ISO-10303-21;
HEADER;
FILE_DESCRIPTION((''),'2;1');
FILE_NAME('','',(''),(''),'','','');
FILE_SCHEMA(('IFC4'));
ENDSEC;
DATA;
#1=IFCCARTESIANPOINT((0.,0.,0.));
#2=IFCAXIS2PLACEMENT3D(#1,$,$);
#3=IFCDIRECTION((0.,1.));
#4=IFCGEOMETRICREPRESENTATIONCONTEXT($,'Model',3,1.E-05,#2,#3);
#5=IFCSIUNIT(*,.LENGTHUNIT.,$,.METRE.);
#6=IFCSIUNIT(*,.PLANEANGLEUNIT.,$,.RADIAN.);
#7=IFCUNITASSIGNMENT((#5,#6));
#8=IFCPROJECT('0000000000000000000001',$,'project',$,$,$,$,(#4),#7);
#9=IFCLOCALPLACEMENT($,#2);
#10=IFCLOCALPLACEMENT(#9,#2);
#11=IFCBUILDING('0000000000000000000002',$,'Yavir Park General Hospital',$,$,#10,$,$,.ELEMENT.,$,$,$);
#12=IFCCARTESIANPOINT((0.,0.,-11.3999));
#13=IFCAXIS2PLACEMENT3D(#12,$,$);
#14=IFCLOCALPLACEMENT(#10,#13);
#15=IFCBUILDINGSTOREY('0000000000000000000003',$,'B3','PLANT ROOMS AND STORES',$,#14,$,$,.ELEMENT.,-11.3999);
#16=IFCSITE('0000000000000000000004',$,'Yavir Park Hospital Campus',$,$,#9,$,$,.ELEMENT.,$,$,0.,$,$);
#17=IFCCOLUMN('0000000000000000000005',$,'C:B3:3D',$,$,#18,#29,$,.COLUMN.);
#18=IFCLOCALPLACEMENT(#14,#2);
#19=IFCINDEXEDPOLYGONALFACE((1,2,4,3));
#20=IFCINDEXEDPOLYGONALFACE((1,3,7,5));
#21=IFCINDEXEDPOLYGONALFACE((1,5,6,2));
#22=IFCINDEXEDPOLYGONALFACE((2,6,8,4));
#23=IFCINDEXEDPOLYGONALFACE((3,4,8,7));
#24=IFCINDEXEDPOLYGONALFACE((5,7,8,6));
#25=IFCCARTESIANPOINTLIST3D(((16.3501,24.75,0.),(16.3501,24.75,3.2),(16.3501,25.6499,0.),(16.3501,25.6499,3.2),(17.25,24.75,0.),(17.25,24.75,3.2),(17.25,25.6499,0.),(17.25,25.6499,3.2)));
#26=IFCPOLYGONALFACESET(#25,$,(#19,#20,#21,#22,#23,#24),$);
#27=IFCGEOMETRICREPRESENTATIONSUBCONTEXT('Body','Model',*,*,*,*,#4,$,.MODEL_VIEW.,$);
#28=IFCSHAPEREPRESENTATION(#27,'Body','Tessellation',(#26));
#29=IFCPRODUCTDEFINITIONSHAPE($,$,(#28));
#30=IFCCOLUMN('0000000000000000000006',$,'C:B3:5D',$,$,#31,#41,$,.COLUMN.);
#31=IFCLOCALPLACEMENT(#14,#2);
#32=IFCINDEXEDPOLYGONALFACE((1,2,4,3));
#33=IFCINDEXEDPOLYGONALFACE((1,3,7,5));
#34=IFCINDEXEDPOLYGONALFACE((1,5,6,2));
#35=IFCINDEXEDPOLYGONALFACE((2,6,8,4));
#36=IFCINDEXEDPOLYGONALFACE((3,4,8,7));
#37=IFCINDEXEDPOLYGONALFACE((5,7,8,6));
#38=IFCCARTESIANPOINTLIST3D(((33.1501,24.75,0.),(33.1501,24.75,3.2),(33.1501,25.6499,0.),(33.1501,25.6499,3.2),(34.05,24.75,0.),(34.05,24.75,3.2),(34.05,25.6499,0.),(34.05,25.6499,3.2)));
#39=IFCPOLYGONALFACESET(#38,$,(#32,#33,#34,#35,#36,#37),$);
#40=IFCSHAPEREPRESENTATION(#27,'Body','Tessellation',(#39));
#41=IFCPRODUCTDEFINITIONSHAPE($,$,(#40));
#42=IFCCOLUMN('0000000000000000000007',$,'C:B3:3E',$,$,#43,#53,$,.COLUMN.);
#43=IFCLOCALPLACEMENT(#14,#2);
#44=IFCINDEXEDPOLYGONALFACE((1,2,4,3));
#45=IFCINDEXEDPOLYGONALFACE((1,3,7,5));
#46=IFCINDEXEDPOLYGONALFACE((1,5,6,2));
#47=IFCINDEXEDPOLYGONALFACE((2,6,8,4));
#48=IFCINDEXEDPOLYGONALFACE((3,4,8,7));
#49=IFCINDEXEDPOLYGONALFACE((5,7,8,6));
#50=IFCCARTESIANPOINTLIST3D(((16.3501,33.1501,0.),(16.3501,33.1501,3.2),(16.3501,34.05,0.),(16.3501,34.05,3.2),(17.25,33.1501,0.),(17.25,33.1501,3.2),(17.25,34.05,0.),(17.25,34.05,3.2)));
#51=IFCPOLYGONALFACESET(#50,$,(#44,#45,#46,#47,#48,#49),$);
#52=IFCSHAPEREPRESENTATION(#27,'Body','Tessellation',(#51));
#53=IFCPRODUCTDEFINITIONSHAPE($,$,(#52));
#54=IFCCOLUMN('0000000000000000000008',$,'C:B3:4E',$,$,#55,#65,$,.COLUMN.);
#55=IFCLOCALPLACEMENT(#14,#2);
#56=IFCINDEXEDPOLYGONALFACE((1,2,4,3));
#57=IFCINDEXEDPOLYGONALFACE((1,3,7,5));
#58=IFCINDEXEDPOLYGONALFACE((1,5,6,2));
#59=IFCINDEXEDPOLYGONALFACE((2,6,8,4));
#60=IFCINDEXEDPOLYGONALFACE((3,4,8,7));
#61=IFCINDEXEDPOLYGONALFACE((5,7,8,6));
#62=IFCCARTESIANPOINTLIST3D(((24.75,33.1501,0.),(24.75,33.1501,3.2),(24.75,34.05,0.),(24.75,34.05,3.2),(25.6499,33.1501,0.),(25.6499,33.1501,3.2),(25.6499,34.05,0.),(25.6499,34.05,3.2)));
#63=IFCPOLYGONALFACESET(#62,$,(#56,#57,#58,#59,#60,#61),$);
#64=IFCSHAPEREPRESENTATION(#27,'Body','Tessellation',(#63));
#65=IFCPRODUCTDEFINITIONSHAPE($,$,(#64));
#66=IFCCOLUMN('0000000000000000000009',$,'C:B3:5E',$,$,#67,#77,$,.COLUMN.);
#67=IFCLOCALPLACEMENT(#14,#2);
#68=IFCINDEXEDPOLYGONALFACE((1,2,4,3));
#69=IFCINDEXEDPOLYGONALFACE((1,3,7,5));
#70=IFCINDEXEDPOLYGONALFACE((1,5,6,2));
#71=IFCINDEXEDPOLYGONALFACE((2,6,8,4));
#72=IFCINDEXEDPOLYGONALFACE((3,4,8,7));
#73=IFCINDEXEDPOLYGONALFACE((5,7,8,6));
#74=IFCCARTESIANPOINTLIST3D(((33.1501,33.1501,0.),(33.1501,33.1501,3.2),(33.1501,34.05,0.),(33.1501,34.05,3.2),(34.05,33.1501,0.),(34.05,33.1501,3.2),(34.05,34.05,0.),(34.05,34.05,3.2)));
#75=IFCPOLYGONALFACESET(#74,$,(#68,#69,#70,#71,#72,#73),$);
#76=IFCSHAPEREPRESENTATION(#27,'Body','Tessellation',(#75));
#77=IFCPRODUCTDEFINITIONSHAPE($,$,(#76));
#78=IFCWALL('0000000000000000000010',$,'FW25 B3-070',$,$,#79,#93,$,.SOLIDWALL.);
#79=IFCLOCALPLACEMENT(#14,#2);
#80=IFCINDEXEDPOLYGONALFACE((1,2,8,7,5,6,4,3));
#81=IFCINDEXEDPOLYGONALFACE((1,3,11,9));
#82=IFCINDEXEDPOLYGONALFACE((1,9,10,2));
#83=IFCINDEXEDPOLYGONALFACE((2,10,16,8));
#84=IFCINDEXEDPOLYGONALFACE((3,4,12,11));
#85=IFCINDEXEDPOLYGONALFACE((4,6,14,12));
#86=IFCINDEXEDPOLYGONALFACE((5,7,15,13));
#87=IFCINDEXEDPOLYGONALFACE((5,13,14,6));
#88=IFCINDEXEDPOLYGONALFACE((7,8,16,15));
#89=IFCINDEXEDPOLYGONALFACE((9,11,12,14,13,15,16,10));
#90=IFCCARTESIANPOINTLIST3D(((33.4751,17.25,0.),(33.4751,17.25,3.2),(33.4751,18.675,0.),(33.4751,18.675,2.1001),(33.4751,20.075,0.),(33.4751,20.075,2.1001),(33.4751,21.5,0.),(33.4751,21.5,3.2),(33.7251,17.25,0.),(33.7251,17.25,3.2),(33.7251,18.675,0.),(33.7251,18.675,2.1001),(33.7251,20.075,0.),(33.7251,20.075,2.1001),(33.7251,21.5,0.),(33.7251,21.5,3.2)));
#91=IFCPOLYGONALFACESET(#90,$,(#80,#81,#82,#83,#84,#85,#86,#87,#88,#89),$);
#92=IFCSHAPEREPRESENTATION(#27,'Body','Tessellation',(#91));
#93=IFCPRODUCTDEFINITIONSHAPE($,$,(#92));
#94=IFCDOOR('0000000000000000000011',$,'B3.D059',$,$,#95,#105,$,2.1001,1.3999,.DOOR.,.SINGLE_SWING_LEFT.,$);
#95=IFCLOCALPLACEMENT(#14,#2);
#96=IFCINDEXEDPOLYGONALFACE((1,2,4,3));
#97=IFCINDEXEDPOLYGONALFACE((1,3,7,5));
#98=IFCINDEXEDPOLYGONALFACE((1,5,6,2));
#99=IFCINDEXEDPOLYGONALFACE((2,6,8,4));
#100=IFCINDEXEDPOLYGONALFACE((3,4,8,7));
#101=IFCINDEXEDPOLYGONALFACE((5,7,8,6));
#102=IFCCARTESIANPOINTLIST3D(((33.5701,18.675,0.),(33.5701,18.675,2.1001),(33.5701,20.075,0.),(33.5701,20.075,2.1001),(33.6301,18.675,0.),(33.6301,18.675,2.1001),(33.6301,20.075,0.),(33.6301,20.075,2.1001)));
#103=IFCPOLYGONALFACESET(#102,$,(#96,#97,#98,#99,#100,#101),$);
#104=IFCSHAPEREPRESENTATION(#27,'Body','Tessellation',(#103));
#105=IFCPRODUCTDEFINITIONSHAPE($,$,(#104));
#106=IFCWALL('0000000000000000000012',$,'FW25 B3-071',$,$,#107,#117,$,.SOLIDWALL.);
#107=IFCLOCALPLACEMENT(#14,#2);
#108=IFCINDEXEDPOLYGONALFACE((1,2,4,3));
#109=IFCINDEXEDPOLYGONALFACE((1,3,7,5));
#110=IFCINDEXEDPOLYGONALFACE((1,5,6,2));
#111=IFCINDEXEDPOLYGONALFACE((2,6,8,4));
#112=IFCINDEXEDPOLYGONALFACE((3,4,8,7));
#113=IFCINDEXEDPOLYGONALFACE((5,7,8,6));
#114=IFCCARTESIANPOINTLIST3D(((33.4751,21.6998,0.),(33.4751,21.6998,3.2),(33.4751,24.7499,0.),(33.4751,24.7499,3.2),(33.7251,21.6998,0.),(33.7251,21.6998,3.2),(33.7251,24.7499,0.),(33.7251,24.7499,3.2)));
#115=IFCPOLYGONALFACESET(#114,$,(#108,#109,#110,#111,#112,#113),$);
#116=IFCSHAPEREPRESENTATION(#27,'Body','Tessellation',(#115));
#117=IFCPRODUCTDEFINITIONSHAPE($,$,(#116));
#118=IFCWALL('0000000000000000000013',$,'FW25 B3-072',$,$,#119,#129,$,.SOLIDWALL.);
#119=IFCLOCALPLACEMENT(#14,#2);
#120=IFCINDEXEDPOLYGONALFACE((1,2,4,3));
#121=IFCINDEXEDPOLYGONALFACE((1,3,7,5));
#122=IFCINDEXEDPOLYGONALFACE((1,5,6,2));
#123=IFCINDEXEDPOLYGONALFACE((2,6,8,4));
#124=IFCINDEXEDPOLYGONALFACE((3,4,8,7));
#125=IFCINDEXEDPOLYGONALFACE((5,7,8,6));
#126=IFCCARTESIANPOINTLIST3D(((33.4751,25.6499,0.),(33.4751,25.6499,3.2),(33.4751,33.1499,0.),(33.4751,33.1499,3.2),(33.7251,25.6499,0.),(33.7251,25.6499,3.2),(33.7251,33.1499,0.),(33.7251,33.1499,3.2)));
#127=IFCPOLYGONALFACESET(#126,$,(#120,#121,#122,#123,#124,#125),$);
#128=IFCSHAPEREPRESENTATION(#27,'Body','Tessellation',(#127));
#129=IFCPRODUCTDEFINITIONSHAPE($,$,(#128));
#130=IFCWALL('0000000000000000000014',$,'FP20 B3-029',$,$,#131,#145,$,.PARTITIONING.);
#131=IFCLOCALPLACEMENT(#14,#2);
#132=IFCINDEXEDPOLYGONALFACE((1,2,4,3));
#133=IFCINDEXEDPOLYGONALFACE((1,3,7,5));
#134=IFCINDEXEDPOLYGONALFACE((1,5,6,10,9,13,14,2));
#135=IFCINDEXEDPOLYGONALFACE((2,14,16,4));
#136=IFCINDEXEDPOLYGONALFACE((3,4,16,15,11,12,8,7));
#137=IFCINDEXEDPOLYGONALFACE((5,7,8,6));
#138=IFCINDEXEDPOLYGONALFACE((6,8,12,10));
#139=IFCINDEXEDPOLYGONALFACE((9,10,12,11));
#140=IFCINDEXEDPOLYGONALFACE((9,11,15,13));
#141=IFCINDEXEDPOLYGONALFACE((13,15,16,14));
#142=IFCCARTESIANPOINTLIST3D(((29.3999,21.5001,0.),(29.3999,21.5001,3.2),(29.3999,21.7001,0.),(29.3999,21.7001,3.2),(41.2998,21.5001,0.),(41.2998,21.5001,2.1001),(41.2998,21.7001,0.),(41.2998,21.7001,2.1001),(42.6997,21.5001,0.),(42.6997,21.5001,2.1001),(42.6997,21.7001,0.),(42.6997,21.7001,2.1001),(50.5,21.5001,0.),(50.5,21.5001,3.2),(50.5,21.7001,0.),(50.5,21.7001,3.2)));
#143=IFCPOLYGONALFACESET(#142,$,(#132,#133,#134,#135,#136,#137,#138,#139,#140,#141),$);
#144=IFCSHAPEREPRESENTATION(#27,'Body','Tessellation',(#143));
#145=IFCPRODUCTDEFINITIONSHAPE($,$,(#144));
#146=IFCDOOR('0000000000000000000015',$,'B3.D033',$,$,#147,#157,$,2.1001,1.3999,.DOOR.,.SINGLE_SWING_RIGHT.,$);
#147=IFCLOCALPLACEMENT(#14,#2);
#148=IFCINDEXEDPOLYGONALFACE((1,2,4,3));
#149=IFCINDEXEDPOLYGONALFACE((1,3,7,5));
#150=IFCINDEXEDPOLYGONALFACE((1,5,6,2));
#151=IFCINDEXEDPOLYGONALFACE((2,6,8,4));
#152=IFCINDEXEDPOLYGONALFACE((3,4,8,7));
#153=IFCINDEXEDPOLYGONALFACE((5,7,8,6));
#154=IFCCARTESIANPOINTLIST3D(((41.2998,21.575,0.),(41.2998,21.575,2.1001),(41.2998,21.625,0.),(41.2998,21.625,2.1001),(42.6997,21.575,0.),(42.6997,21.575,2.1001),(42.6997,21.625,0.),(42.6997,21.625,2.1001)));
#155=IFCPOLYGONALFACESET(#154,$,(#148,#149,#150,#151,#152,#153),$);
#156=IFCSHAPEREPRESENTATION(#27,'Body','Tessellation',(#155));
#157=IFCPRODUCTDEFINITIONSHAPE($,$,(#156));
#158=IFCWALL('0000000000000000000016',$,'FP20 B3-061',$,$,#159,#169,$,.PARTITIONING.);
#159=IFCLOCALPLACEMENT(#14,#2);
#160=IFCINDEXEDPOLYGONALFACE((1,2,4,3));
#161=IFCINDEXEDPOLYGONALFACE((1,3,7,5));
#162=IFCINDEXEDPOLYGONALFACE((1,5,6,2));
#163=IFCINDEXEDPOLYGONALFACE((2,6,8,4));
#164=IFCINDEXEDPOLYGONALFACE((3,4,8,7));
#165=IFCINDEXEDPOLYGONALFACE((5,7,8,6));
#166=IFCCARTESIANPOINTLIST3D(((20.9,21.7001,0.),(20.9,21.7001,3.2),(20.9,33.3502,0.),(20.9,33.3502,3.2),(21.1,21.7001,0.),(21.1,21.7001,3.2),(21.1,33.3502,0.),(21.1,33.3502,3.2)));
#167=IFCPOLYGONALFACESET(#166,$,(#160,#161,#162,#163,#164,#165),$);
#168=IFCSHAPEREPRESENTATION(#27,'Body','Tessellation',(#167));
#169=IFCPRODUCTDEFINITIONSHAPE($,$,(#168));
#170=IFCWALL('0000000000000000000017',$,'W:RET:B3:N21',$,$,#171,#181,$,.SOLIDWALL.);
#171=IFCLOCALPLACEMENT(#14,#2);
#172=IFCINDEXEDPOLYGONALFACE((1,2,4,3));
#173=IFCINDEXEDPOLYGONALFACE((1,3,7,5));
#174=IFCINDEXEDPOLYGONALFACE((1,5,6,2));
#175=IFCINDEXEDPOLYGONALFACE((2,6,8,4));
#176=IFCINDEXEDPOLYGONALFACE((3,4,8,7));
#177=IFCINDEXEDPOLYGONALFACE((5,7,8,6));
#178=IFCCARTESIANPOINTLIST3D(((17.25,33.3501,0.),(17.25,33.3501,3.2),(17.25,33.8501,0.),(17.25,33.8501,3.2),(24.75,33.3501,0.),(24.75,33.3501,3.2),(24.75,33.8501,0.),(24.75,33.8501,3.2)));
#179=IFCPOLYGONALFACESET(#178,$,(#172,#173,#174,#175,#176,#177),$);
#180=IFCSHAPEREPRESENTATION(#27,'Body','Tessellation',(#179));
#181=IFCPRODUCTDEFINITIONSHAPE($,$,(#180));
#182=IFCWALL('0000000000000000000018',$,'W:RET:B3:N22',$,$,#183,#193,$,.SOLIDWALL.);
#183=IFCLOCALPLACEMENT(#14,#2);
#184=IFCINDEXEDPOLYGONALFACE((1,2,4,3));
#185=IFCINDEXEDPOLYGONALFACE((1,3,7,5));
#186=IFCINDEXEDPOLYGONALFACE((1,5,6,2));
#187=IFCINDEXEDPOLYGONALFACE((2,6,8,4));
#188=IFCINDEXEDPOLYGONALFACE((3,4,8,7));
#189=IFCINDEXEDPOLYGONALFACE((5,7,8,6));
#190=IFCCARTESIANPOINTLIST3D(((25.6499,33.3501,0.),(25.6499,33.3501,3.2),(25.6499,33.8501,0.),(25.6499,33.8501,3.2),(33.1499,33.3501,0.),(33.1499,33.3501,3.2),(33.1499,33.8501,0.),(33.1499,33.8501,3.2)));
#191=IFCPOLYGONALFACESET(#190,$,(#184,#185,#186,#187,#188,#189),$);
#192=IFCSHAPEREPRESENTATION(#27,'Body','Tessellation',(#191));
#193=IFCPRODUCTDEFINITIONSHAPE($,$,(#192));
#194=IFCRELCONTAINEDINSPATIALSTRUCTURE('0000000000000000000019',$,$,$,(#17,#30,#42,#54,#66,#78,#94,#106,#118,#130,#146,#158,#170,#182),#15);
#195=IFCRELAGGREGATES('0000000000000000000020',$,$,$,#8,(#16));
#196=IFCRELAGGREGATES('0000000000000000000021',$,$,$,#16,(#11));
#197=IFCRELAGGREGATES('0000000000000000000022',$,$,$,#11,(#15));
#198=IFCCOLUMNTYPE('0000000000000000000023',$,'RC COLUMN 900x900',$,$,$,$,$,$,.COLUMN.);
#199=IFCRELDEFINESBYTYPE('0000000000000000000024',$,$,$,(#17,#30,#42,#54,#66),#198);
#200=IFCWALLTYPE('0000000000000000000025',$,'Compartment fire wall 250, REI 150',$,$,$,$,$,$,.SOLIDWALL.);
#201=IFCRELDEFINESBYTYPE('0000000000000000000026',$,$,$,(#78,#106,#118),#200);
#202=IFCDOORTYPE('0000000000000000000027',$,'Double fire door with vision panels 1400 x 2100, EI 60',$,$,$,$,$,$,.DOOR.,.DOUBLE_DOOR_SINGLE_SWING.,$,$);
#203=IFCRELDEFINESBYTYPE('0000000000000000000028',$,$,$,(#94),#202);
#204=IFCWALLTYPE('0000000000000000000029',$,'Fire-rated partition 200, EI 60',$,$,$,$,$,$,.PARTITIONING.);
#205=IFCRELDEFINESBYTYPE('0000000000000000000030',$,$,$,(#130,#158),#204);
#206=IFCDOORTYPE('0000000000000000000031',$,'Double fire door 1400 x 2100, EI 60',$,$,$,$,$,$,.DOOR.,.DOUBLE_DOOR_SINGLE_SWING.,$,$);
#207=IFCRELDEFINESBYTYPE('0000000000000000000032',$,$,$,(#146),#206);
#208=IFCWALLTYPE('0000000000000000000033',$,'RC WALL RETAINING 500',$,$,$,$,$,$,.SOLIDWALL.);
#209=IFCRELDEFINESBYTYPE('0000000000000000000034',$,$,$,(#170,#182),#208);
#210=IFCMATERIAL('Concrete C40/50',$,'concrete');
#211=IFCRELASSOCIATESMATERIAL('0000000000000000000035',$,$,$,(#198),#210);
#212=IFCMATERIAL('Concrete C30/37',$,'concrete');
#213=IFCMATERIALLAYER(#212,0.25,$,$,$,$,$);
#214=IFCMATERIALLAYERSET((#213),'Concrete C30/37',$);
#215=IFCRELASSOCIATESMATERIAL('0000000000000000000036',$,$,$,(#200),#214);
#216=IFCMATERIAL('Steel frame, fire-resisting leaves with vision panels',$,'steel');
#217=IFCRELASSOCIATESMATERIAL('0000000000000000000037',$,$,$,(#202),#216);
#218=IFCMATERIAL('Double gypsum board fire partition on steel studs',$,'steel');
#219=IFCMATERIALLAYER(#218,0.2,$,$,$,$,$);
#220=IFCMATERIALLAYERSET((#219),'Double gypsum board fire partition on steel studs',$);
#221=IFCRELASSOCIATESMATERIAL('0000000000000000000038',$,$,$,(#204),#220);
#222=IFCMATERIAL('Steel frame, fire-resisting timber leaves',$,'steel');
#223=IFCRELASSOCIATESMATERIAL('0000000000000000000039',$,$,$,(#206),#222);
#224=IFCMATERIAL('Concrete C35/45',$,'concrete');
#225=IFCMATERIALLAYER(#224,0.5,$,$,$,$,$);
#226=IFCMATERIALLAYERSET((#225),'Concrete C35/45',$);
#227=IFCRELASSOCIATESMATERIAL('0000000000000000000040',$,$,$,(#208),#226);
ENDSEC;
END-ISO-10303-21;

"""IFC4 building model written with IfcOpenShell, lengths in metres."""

from ifc_helpers import new_model, si_unit, direction, frame, frame_2d, origin, origin_2d, place, context, subcontext, project, spatial, rectangle, extrude, material, layer, layer_set, material_profile, profile_set, type_object, element, fill, save


model = new_model("IFC4")

# Units and contexts
model_context = context("Model", 3, precision=1e-05, world=origin(), true_north=direction((0.0, 1.0)))
body_context = subcontext(model_context, "Body", "Model", "MODEL_VIEW")
ifc_project = project(units=[si_unit("LENGTHUNIT", "METRE"), si_unit("PLANEANGLEUNIT", "RADIAN")], contexts=[model_context])

# Site, building, storey
site_placement = place(None, origin())
site = spatial("IfcSite", under=ifc_project, at=site_placement, Name="Yavir Park Hospital Campus", CompositionType="ELEMENT", RefElevation=0.0)
building_placement = place(site_placement, origin())
building = spatial("IfcBuilding", under=site, at=building_placement, Name="Yavir Park General Hospital", CompositionType="ELEMENT")
storey_placement = place(building_placement, frame((0.0, 0.0, -11.3999)))
storey = spatial("IfcBuildingStorey", under=building, at=storey_placement, Name="B3", Description="PLANT ROOMS AND STORES", CompositionType="ELEMENT", Elevation=-11.3999)

# Columns
ifc_material_1 = material(Name="Concrete C40/50", Category="concrete")
ifc_material_profile = material_profile(ifc_material_1, rectangle(XDim=0.8999, YDim=0.8999, at=origin_2d()), Name="RC900x900")
ifc_profile_set = profile_set([ifc_material_profile], Name="Concrete C40/50")
column_type = type_object("IfcColumnType", Name="RC COLUMN 900x900", PredefinedType="COLUMN", material=ifc_profile_set)
for number, where, z_axis, x_axis, name in (
    (1, (16.8, 25.2, 0.0), (0.0, 0.0, 1.0), (1.0, 0.0, 0.0), "C:B3:3D"),
    (2, (33.6001, 25.2, 0.0), (0.0, 0.0, 1.0), (1.0, 0.0, 0.0), "C:B3:5D"),
    (3, (16.8, 33.6001, 0.0), (0.0, 0.0, 1.0), (1.0, 0.0, 0.0), "C:B3:3E"),
    (4, (25.2, 33.6001, 0.0), (0.0, 0.0, 1.0), (1.0, 0.0, 0.0), "C:B3:4E"),
    (5, (33.6001, 33.6001, 0.0), (0.0, 0.0, 1.0), (1.0, 0.0, 0.0), "C:B3:5E"),
):
    element("IfcColumn", number, at=place(storey_placement, frame(where, z_axis=z_axis, x_axis=x_axis)), inside=storey, type_object=column_type, Name=name, PredefinedType="COLUMN", context=body_context, shape_type="SweptSolid", body=[
        extrude(rectangle(XDim=0.8999, YDim=0.8999, at=origin_2d()), origin(), (0.0, 0.0, 1.0), 3.2),
    ])

# Wall, opening, door
ifc_material_2 = material(Name="Concrete C30/37", Category="concrete")
ifc_layer_1 = layer(ifc_material_2, 0.25)
ifc_layer_set_1 = layer_set([ifc_layer_1], Name="Concrete C30/37")
wall_type_1 = type_object("IfcWallType", Name="Compartment fire wall 250, REI 150", PredefinedType="SOLIDWALL", material=ifc_layer_set_1)
wall_1_placement = place(storey_placement, frame((33.6001, 17.25, 0.0), z_axis=(0.0, 0.0, 1.0), x_axis=(0.0, 1.0, 0.0)))
wall_1 = element("IfcWall", 6, at=wall_1_placement, inside=storey, type_object=wall_type_1, Name="FW25 B3-070", PredefinedType="SOLIDWALL", context=body_context, shape_type="SweptSolid", body=[
    extrude(rectangle(XDim=4.25, YDim=0.25, at=frame_2d((2.125, 0.0))), origin(), (0.0, 0.0, 1.0), 3.2),
])
opening_1_placement = place(wall_1_placement, frame((1.425, 0.0, 0.0)))
opening_1 = element("IfcOpeningElement", 7, at=opening_1_placement, cuts=wall_1, PredefinedType="OPENING", context=body_context, shape_type="SweptSolid", body=[
    extrude(rectangle(XDim=1.3999, YDim=2.1001, at=frame_2d((0.7, 1.05))), frame((0.0, 0.135, 0.0), z_axis=(0.0, -1.0, 0.0), x_axis=(1.0, 0.0, 0.0)), (0.0, 0.0, 1.0), 0.27),
])
ifc_material_3 = material(Name="Steel frame, fire-resisting leaves with vision panels", Category="steel")
door_type_1 = type_object("IfcDoorType", Name="Double fire door with vision panels 1400 x 2100, EI 60", OperationType="DOUBLE_DOOR_SINGLE_SWING", PredefinedType="DOOR", material=ifc_material_3)
door_1_placement = place(opening_1_placement, origin())
door_1 = element("IfcDoor", 8, at=door_1_placement, inside=storey, type_object=door_type_1, Name="B3.D059", OperationType="SINGLE_SWING_LEFT", OverallHeight=2.1001, OverallWidth=1.3999, PredefinedType="DOOR", context=body_context, shape_type="SweptSolid", body=[
    extrude(rectangle(XDim=1.3999, YDim=2.1001, at=frame_2d((0.7, 1.05))), frame((0.0, 0.03, 0.0), z_axis=(0.0, -1.0, 0.0), x_axis=(1.0, 0.0, 0.0)), (0.0, 0.0, 1.0), 0.0601),
])
fill(opening_1, door_1)

# Walls
wall_2_placement = place(storey_placement, frame((33.6001, 21.7, 0.0), z_axis=(0.0, 0.0, 1.0), x_axis=(0.0, 1.0, 0.0)))
element("IfcWall", 9, at=wall_2_placement, inside=storey, type_object=wall_type_1, Name="FW25 B3-071", PredefinedType="SOLIDWALL", context=body_context, shape_type="SweptSolid", body=[
    extrude(rectangle(XDim=3.05, YDim=0.25, at=frame_2d((1.5249, 0.0))), origin(), (0.0, 0.0, 1.0), 3.2),
])
wall_3_placement = place(storey_placement, frame((33.6001, 25.6499, 0.0), z_axis=(0.0, 0.0, 1.0), x_axis=(0.0, 1.0, 0.0)))
element("IfcWall", 10, at=wall_3_placement, inside=storey, type_object=wall_type_1, Name="FW25 B3-072", PredefinedType="SOLIDWALL", context=body_context, shape_type="SweptSolid", body=[
    extrude(rectangle(XDim=7.5, YDim=0.25, at=frame_2d((3.75, 0.0))), origin(), (0.0, 0.0, 1.0), 3.2),
])

# Wall, opening, door
ifc_material_4 = material(Name="Double gypsum board fire partition on steel studs", Category="steel")
ifc_layer_2 = layer(ifc_material_4, 0.2)
ifc_layer_set_2 = layer_set([ifc_layer_2], Name="Double gypsum board fire partition on steel studs")
wall_type_2 = type_object("IfcWallType", Name="Fire-rated partition 200, EI 60", PredefinedType="PARTITIONING", material=ifc_layer_set_2)
wall_4_placement = place(storey_placement, frame((29.3999, 21.6001, 0.0), z_axis=(0.0, 0.0, 1.0), x_axis=(1.0, 0.0, 0.0)))
wall_4 = element("IfcWall", 11, at=wall_4_placement, inside=storey, type_object=wall_type_2, Name="FP20 B3-029", PredefinedType="PARTITIONING", context=body_context, shape_type="SweptSolid", body=[
    extrude(rectangle(XDim=21.1001, YDim=0.2, at=frame_2d((10.55, 0.0))), origin(), (0.0, 0.0, 1.0), 3.2),
])
opening_2_placement = place(wall_4_placement, frame((11.8999, 0.0, 0.0)))
opening_2 = element("IfcOpeningElement", 12, at=opening_2_placement, cuts=wall_4, PredefinedType="OPENING", context=body_context, shape_type="SweptSolid", body=[
    extrude(rectangle(XDim=1.3999, YDim=2.1001, at=frame_2d((0.7, 1.05))), frame((0.0, 0.1099, 0.0), z_axis=(0.0, -1.0, 0.0), x_axis=(1.0, 0.0, 0.0)), (0.0, 0.0, 1.0), 0.22),
])
ifc_material_5 = material(Name="Steel frame, fire-resisting timber leaves", Category="steel")
door_type_2 = type_object("IfcDoorType", Name="Double fire door 1400 x 2100, EI 60", OperationType="DOUBLE_DOOR_SINGLE_SWING", PredefinedType="DOOR", material=ifc_material_5)
door_2_placement = place(opening_2_placement, origin())
door_2 = element("IfcDoor", 13, at=door_2_placement, inside=storey, type_object=door_type_2, Name="B3.D033", OperationType="SINGLE_SWING_RIGHT", OverallHeight=2.1001, OverallWidth=1.3999, PredefinedType="DOOR", context=body_context, shape_type="SweptSolid", body=[
    extrude(rectangle(XDim=1.3999, YDim=2.1001, at=frame_2d((0.7, 1.05))), frame((0.0, 0.0249, 0.0), z_axis=(0.0, -1.0, 0.0), x_axis=(1.0, 0.0, 0.0)), (0.0, 0.0, 1.0), 0.05),
])
fill(opening_2, door_2)

# Wall
wall_5_placement = place(storey_placement, frame((21.0, 21.7, 0.0), z_axis=(0.0, 0.0, 1.0), x_axis=(0.0, 1.0, 0.0)))
element("IfcWall", 14, at=wall_5_placement, inside=storey, type_object=wall_type_2, Name="FP20 B3-061", PredefinedType="PARTITIONING", context=body_context, shape_type="SweptSolid", body=[
    extrude(rectangle(XDim=11.6501, YDim=0.2, at=frame_2d((5.8252, 0.0))), origin(), (0.0, 0.0, 1.0), 3.2),
])

# Walls
ifc_material_6 = material(Name="Concrete C35/45", Category="concrete")
ifc_layer_3 = layer(ifc_material_6, 0.5)
ifc_layer_set_3 = layer_set([ifc_layer_3], Name="Concrete C35/45")
wall_type_3 = type_object("IfcWallType", Name="RC WALL RETAINING 500", PredefinedType="SOLIDWALL", material=ifc_layer_set_3)
for number, where, z_axis, x_axis, name in (
    (15, (17.25, 33.6001, 0.0), (0.0, 0.0, 1.0), (1.0, 0.0, 0.0), "W:RET:B3:N21"),
    (16, (25.6499, 33.6001, 0.0), (0.0, 0.0, 1.0), (1.0, 0.0, 0.0), "W:RET:B3:N22"),
):
    element("IfcWall", number, at=place(storey_placement, frame(where, z_axis=z_axis, x_axis=x_axis)), inside=storey, type_object=wall_type_3, Name=name, PredefinedType="SOLIDWALL", context=body_context, shape_type="SweptSolid", body=[
        extrude(rectangle(XDim=7.5, YDim=0.5, at=frame_2d((3.75, 0.0))), origin(), (0.0, 0.0, 1.0), 3.2),
    ])

save(model, "model.ifc")
